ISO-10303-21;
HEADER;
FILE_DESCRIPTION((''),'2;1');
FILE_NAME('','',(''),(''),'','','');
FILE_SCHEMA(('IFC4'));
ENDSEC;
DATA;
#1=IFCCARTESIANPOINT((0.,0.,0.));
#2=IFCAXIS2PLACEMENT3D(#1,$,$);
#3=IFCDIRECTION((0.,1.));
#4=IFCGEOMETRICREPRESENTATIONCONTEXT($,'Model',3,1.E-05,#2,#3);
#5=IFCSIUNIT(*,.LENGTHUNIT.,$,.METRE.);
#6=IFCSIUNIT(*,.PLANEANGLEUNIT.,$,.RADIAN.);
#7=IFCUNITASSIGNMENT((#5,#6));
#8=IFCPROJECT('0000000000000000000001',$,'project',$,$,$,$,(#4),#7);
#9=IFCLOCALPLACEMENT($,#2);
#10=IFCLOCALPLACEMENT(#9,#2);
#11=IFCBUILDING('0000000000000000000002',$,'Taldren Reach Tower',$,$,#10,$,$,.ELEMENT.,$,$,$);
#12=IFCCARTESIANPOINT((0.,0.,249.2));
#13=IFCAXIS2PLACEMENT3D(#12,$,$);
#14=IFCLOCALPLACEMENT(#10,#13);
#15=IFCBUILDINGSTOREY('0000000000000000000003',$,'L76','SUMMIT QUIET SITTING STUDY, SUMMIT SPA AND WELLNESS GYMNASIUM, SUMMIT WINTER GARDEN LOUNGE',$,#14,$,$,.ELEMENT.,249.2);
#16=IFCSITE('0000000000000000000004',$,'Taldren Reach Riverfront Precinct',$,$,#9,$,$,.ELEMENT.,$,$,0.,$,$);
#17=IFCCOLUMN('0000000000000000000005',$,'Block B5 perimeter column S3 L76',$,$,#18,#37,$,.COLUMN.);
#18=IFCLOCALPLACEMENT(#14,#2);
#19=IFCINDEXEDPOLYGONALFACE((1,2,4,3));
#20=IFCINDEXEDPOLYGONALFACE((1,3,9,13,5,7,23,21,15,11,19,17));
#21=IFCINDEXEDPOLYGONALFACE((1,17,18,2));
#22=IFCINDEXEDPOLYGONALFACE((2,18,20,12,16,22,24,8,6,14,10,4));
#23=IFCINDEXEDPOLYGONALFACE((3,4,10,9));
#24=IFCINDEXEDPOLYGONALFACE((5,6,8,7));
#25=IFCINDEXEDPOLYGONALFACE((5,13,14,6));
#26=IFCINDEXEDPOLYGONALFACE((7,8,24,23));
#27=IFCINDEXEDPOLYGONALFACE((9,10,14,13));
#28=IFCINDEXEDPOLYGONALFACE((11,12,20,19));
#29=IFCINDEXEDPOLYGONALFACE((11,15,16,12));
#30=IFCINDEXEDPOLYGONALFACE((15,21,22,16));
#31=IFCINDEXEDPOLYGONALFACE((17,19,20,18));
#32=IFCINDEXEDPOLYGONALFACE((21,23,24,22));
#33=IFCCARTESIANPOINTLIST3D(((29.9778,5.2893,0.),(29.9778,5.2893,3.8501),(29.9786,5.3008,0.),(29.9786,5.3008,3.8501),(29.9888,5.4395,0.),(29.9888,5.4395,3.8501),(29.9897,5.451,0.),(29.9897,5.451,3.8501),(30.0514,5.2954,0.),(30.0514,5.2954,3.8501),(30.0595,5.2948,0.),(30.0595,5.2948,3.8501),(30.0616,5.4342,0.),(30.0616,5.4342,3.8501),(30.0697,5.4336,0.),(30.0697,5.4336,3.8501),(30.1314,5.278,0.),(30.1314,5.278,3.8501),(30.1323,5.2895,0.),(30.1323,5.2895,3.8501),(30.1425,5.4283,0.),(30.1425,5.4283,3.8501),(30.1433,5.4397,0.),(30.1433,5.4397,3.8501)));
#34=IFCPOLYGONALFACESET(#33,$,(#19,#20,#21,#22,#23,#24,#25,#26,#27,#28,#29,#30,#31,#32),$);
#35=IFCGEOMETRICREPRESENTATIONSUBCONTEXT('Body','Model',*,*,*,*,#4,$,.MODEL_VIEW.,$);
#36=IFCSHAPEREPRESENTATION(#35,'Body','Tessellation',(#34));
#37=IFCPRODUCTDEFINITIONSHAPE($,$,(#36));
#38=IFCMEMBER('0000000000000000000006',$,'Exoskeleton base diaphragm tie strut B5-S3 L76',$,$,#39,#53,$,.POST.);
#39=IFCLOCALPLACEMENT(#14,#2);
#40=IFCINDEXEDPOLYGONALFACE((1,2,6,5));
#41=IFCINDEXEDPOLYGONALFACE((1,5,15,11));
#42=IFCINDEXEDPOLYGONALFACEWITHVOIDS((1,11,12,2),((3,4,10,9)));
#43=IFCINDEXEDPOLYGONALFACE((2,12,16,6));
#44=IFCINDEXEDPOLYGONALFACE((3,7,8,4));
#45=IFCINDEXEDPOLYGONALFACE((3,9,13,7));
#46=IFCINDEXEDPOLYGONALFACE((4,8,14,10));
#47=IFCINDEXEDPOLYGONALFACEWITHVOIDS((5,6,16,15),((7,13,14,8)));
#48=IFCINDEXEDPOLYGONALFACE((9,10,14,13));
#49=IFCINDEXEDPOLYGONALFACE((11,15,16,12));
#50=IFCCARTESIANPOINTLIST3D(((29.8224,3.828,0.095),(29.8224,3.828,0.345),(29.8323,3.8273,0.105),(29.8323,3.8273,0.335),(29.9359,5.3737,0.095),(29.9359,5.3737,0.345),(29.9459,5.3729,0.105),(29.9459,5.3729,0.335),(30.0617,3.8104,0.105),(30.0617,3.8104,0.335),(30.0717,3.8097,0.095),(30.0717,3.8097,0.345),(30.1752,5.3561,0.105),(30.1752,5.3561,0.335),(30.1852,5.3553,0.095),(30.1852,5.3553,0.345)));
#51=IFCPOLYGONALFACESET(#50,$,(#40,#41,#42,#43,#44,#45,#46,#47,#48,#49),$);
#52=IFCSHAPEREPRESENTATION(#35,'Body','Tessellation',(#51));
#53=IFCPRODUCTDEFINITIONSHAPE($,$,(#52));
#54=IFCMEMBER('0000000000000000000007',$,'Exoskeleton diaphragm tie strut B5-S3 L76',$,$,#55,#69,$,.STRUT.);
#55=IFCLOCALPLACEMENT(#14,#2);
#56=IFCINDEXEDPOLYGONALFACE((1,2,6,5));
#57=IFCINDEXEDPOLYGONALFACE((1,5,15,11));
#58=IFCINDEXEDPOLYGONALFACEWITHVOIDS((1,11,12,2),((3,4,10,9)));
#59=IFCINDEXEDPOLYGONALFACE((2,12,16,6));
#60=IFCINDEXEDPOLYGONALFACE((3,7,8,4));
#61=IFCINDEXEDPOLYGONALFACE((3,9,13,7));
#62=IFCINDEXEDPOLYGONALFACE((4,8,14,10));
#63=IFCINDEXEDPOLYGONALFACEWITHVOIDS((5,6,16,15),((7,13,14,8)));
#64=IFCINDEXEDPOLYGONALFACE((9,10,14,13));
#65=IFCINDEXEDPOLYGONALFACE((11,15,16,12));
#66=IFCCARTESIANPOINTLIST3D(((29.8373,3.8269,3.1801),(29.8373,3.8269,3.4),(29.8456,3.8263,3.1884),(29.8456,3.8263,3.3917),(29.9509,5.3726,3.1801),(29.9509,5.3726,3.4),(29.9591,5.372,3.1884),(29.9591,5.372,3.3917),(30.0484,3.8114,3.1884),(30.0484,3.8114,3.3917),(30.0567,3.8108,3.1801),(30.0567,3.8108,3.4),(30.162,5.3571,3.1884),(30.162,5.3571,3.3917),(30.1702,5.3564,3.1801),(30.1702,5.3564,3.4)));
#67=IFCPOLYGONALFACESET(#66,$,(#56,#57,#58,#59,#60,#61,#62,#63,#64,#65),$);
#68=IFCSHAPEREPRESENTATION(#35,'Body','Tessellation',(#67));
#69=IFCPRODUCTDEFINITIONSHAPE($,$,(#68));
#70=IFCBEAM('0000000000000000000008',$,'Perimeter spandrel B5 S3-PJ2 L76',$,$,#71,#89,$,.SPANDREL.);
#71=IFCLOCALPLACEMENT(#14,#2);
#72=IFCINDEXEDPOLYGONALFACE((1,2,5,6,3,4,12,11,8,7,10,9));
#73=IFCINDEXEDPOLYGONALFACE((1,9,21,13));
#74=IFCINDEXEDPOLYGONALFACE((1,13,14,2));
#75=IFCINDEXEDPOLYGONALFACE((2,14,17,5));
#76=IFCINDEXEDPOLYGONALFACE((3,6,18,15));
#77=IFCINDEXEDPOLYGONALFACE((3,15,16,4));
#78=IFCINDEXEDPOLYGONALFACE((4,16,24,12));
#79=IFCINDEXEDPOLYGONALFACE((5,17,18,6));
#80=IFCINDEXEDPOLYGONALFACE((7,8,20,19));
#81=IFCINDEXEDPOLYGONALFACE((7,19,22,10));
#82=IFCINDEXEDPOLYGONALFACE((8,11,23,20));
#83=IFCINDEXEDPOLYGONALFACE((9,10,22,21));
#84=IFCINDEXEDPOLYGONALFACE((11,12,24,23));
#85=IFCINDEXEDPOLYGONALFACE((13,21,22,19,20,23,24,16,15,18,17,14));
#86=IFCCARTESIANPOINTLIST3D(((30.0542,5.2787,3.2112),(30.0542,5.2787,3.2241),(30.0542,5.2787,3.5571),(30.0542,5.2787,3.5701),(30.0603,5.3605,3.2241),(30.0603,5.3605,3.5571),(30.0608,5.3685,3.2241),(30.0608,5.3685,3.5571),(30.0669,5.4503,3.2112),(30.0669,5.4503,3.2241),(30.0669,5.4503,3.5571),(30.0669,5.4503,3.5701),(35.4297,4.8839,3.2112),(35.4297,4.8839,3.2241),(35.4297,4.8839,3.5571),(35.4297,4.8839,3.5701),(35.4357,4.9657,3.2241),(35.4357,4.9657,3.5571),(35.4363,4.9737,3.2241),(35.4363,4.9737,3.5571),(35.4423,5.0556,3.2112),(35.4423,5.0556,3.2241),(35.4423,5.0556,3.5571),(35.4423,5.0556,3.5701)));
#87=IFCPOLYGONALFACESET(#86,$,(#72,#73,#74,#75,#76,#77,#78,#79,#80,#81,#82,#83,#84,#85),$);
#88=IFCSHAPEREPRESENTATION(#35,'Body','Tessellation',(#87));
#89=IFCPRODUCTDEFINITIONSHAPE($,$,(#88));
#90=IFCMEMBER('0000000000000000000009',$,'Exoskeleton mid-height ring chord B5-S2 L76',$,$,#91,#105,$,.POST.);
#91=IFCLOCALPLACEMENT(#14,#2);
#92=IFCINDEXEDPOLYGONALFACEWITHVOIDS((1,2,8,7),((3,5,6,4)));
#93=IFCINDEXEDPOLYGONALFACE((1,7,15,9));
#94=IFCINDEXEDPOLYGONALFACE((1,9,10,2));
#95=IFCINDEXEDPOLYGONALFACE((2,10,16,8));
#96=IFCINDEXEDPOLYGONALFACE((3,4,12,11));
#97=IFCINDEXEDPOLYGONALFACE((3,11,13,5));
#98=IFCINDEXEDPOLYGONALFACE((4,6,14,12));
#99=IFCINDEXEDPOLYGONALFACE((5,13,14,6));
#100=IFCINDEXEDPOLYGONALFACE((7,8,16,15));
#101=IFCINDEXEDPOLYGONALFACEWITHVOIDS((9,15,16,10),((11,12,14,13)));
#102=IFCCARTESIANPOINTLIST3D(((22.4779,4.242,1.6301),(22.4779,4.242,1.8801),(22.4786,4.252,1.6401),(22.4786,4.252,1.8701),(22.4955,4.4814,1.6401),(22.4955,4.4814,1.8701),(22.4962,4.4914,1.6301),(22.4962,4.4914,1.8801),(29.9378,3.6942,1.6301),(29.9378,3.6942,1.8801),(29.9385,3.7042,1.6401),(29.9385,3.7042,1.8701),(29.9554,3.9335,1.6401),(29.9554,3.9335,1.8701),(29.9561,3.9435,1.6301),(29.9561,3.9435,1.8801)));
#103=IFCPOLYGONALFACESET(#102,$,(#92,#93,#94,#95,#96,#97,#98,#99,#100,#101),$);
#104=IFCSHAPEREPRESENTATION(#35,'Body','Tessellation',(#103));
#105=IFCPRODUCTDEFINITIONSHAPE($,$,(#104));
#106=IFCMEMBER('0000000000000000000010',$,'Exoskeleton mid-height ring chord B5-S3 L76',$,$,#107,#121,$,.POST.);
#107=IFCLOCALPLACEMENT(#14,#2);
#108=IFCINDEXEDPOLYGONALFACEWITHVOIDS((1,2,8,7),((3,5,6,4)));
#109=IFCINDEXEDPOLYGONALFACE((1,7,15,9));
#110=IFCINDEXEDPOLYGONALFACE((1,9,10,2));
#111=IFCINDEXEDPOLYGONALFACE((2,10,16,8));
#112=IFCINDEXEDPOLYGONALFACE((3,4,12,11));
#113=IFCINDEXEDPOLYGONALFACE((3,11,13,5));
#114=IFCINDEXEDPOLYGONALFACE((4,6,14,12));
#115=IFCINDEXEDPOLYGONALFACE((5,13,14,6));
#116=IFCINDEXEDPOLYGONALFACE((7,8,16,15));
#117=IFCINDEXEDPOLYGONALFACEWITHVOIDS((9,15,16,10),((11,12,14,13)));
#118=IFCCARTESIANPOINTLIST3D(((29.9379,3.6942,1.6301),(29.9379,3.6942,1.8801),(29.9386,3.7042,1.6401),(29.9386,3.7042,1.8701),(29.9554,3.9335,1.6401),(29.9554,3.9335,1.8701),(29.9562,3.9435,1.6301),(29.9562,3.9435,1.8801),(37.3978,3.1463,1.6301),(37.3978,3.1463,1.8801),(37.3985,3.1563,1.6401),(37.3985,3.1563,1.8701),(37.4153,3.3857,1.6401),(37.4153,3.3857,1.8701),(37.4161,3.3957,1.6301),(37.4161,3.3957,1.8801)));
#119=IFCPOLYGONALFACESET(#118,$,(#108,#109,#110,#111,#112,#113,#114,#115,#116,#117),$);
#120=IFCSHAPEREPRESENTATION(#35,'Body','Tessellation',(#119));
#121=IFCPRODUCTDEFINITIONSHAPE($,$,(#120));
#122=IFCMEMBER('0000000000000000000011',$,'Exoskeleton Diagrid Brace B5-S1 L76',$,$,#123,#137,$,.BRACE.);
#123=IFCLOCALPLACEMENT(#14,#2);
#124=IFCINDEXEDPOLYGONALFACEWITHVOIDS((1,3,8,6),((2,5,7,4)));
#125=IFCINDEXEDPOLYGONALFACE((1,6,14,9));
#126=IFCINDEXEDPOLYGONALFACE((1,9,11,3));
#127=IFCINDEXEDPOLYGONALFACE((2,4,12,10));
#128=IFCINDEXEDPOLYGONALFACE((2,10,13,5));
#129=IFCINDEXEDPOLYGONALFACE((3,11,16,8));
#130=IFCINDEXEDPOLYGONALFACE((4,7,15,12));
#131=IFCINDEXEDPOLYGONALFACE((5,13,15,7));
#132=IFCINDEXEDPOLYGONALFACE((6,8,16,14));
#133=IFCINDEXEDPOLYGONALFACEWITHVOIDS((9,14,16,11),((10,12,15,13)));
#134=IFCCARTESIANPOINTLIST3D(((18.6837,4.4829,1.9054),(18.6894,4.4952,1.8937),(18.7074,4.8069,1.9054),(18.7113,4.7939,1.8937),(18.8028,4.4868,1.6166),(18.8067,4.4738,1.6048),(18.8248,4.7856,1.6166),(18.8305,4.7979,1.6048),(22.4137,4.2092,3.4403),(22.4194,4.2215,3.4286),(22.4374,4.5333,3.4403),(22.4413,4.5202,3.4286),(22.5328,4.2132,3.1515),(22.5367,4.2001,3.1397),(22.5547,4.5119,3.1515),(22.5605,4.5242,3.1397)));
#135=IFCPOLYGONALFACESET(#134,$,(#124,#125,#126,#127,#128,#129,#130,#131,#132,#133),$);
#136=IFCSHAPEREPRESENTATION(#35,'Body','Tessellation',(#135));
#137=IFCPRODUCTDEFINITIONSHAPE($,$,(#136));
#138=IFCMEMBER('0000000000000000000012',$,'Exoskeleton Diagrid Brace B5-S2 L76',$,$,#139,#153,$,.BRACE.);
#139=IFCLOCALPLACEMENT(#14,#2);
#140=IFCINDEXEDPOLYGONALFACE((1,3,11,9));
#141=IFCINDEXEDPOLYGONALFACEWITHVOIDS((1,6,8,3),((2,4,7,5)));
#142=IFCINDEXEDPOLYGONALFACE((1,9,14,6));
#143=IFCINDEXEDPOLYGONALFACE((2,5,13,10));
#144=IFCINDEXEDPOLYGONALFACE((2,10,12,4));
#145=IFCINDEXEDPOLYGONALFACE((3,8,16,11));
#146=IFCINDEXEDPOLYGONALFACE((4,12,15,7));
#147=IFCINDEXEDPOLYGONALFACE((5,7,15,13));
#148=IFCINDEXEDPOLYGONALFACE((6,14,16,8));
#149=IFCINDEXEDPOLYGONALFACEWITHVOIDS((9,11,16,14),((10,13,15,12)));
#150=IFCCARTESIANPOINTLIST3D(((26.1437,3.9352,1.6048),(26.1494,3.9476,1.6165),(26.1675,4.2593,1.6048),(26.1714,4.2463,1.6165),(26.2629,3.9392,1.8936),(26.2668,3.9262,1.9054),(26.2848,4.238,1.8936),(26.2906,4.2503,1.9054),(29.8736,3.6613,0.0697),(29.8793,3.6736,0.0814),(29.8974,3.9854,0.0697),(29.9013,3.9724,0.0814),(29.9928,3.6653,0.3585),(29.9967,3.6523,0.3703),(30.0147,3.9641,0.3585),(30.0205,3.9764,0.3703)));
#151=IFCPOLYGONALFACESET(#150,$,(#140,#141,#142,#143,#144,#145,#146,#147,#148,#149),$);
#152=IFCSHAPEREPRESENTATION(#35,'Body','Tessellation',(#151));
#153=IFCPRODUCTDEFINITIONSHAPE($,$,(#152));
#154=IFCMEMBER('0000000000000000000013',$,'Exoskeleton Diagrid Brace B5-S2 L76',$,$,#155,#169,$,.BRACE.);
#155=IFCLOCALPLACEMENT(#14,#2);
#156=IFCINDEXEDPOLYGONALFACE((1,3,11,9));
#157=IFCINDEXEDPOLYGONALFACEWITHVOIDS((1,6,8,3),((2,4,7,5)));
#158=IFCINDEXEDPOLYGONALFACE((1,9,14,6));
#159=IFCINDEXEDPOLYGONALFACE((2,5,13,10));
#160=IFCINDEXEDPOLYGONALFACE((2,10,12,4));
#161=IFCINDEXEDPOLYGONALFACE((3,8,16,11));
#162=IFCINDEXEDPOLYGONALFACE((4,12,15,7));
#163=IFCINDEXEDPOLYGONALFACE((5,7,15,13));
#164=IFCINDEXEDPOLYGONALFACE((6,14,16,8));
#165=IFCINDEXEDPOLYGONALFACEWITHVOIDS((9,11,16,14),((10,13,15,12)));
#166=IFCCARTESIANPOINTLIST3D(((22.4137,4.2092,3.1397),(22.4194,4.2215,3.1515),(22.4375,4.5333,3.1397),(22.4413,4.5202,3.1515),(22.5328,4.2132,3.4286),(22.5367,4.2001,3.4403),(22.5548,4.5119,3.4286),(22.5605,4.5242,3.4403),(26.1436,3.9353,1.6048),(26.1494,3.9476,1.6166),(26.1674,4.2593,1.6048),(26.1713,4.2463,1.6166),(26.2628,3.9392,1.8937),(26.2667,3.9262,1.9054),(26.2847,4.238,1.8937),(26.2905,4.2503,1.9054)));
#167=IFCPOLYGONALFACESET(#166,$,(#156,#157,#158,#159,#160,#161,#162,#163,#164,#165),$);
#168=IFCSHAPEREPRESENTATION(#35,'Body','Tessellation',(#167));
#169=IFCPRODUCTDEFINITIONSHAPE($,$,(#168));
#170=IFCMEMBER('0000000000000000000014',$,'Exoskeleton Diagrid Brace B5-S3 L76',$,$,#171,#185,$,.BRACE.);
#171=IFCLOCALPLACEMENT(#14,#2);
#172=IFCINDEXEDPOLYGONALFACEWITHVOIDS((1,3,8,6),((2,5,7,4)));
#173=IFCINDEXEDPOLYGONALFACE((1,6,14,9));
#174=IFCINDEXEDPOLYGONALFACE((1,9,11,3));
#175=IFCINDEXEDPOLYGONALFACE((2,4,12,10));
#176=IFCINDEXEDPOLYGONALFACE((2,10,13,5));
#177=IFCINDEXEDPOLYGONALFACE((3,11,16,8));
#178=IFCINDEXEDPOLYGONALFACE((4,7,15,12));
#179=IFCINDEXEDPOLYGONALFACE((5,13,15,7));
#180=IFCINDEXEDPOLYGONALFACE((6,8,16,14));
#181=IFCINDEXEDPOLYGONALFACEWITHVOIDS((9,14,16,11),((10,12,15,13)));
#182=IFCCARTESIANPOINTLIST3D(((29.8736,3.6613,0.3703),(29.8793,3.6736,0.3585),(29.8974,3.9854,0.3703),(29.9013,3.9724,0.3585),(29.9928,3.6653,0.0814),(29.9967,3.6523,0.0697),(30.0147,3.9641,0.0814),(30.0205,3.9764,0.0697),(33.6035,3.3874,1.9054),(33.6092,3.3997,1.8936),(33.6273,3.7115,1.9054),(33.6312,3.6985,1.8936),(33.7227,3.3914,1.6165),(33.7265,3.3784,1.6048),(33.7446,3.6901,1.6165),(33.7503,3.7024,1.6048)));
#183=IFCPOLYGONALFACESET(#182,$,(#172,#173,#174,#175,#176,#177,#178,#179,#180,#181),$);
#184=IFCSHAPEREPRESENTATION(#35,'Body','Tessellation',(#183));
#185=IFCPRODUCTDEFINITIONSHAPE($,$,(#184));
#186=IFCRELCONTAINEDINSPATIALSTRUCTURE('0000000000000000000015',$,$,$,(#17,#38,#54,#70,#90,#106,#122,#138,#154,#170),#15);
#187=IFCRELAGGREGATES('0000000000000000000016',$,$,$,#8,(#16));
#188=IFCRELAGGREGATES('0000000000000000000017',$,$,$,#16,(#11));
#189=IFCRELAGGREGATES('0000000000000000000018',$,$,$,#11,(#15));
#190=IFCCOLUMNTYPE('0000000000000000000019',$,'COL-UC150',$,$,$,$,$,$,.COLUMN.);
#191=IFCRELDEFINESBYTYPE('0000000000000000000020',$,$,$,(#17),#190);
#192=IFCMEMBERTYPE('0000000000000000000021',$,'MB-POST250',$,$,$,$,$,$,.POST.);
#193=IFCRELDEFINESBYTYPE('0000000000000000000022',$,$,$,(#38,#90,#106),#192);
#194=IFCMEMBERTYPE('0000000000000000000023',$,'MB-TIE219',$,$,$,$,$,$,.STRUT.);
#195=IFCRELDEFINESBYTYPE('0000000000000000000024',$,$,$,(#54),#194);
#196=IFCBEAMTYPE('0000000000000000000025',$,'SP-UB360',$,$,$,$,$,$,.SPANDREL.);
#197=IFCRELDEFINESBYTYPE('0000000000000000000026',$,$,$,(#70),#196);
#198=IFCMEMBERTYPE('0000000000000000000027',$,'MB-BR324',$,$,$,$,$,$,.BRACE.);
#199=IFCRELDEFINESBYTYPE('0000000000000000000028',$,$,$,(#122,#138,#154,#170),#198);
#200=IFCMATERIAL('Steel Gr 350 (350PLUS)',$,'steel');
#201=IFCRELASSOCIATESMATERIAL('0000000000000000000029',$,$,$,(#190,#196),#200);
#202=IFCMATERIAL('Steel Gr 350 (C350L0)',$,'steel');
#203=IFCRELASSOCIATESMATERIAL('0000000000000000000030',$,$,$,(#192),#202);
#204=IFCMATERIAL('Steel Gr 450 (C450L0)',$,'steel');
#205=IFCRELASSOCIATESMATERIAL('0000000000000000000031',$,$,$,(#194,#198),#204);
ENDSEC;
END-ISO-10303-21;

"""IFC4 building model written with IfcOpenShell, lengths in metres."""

from ifc_helpers import new_model, si_unit, direction, frame, origin, origin_2d, place, context, subcontext, project, spatial, hollow_rectangle, i_section, extrude, source, transform, mapped, material, material_profile, profile_set, type_object, element, save


model = new_model("IFC4")

# Units and contexts
model_context = context("Model", 3, precision=1e-05, world=origin(), true_north=direction((0.0, 1.0)))
body_context = subcontext(model_context, "Body", "Model", "MODEL_VIEW")
ifc_project = project(units=[si_unit("LENGTHUNIT", "METRE"), si_unit("PLANEANGLEUNIT", "RADIAN")], contexts=[model_context])

# Site, building, storey
site_placement = place(None, origin())
site = spatial("IfcSite", under=ifc_project, at=site_placement, Name="Taldren Reach Riverfront Precinct", CompositionType="ELEMENT", RefElevation=0.0)
building_placement = place(site_placement, origin())
building = spatial("IfcBuilding", under=site, at=building_placement, Name="Taldren Reach Tower", CompositionType="ELEMENT")
storey_placement = place(building_placement, frame((0.0, 0.0, 249.2)))
storey = spatial("IfcBuildingStorey", under=building, at=storey_placement, Name="L76", Description="SUMMIT QUIET SITTING STUDY, SUMMIT SPA AND WELLNESS GYMNASIUM, SUMMIT WINTER GARDEN LOUNGE", CompositionType="ELEMENT", Elevation=249.2)

# Column
ifc_material_1 = material(Name="Steel Gr 350 (350PLUS)", Category="steel")
ifc_material_profile_1 = material_profile(ifc_material_1, i_section(OverallWidth=0.1541, OverallDepth=0.1621, WebThickness=0.0081, FlangeThickness=0.0115, at=origin_2d()), Name="150UC37.2")
ifc_profile_set_1 = profile_set([ifc_material_profile_1], Name="Steel Gr 350 (350PLUS)")
column_type = type_object("IfcColumnType", Name="COL-UC150", PredefinedType="COLUMN", material=ifc_profile_set_1)
shared_shape_1 = source(origin(), body_context, "Body", "SweptSolid", [
    extrude(i_section(OverallWidth=0.1541, OverallDepth=0.1621, WebThickness=0.0081, FlangeThickness=0.0115, at=origin_2d()), origin(), (0.0, 0.0, 1.0), 3.8501),
])
column_placement = place(storey_placement, frame((30.0605, 5.3645, 0.0), z_axis=(0.0, 0.0, 1.0), x_axis=(0.997314, -0.073238, 0.0)))
element("IfcColumn", 1, at=column_placement, inside=storey, type_object=column_type, Name="Block B5 perimeter column S3 L76", PredefinedType="COLUMN", context=body_context, shape_type="MappedRepresentation", body=[
    mapped(shared_shape_1, transform((0.0, 0.0, 0.0), scale=1.0)),
])

# Members
ifc_material_2 = material(Name="Steel Gr 350 (C350L0)", Category="steel")
ifc_material_profile_2 = material_profile(ifc_material_2, hollow_rectangle(XDim=0.25, YDim=0.25, WallThickness=0.01, at=origin_2d()), Name="250x250x10.0SHS")
ifc_profile_set_2 = profile_set([ifc_material_profile_2], Name="Steel Gr 350 (C350L0)")
member_type_1 = type_object("IfcMemberType", Name="MB-POST250", PredefinedType="POST", material=ifc_profile_set_2)
shared_shape_2 = source(origin(), body_context, "Body", "SweptSolid", [
    extrude(hollow_rectangle(XDim=0.25, YDim=0.25, WallThickness=0.01, at=origin_2d()), origin(), (0.0, 0.0, 1.0), 1.5498),
])
member_1_placement = place(storey_placement, frame((30.0605, 5.3645, 0.22), z_axis=(-0.073251, -0.997314, 0.0), x_axis=(0.997314, -0.073251, 0.0)))
element("IfcMember", 2, at=member_1_placement, inside=storey, type_object=member_type_1, Name="Exoskeleton base diaphragm tie strut B5-S3 L76", PredefinedType="POST", context=body_context, shape_type="MappedRepresentation", body=[
    mapped(shared_shape_2, transform((0.0, 0.0, 0.0), scale=1.0)),
])
ifc_material_3 = material(Name="Steel Gr 450 (C450L0)", Category="steel")
ifc_material_profile_3 = material_profile(ifc_material_3, hollow_rectangle(XDim=0.22, YDim=0.22, WallThickness=0.0083, at=origin_2d()), Name="220x220x8.2SHS")
ifc_profile_set_3 = profile_set([ifc_material_profile_3], Name="Steel Gr 450 (C450L0)")
member_type_2 = type_object("IfcMemberType", Name="MB-TIE219", PredefinedType="STRUT", material=ifc_profile_set_3)
shared_shape_3 = source(origin(), body_context, "Body", "SweptSolid", [
    extrude(hollow_rectangle(XDim=0.22, YDim=0.22, WallThickness=0.0083, at=origin_2d()), origin(), (0.0, 0.0, 1.0), 1.5498),
])
member_2_placement = place(storey_placement, frame((30.0605, 5.3645, 3.29), z_axis=(-0.073251, -0.997314, 0.0), x_axis=(0.997314, -0.073251, 0.0)))
element("IfcMember", 3, at=member_2_placement, inside=storey, type_object=member_type_2, Name="Exoskeleton diaphragm tie strut B5-S3 L76", PredefinedType="STRUT", context=body_context, shape_type="MappedRepresentation", body=[
    mapped(shared_shape_3, transform((0.0, 0.0, 0.0), scale=1.0)),
])

# Beam
ifc_material_profile_4 = material_profile(ifc_material_1, i_section(OverallWidth=0.1721, OverallDepth=0.3589, WebThickness=0.0081, FlangeThickness=0.0129, at=origin_2d()), Name="360UB56.7")
ifc_profile_set_4 = profile_set([ifc_material_profile_4], Name="Steel Gr 350 (350PLUS)")
beam_type = type_object("IfcBeamType", Name="SP-UB360", PredefinedType="SPANDREL", material=ifc_profile_set_4)
shared_shape_4 = source(origin(), body_context, "Body", "SweptSolid", [
    extrude(i_section(OverallWidth=0.1721, OverallDepth=0.3589, WebThickness=0.0081, FlangeThickness=0.0129, at=origin_2d()), origin(), (0.0, 0.0, 1.0), 5.3899),
])
beam_placement = place(storey_placement, frame((30.0605, 5.3645, 3.3906), z_axis=(0.997314, -0.073243, 0.0), x_axis=(0.073243, 0.997314, 0.0)))
element("IfcBeam", 4, at=beam_placement, inside=storey, type_object=beam_type, Name="Perimeter spandrel B5 S3-PJ2 L76", PredefinedType="SPANDREL", context=body_context, shape_type="MappedRepresentation", body=[
    mapped(shared_shape_4, transform((0.0, 0.0, 0.0), scale=1.0)),
])

# Members
shared_shape_5 = source(origin(), body_context, "Body", "SweptSolid", [
    extrude(hollow_rectangle(XDim=0.25, YDim=0.25, WallThickness=0.01, at=origin_2d()), origin(), (0.0, 0.0, 1.0), 7.48),
])
for number, where, z_axis, x_axis, name in (
    (5, (22.4871, 4.3667, 1.7551), (0.997314, -0.073242, 0.0), (0.073242, 0.997314, 0.0), "Exoskeleton mid-height ring chord B5-S2 L76"),
    (6, (29.947, 3.8188, 1.7551), (0.997314, -0.073242, 0.0), (0.073242, 0.997314, 0.0), "Exoskeleton mid-height ring chord B5-S3 L76"),
):
    element("IfcMember", number, at=place(storey_placement, frame(where, z_axis=z_axis, x_axis=x_axis)), inside=storey, type_object=member_type_1, Name=name, PredefinedType="POST", context=body_context, shape_type="MappedRepresentation", body=[
        mapped(shared_shape_5, transform((0.0, 0.0, 0.0), scale=1.0)),
    ])
ifc_material_profile_5 = material_profile(ifc_material_3, hollow_rectangle(XDim=0.325, YDim=0.325, WallThickness=0.0127, at=origin_2d()), Name="325x325x12.7SHS")
ifc_profile_set_5 = profile_set([ifc_material_profile_5], Name="Steel Gr 450 (C450L0)")
member_type_3 = type_object("IfcMemberType", Name="MB-BR324", PredefinedType="BRACE", material=ifc_profile_set_5)
shared_shape_6 = source(origin(), body_context, "Body", "SweptSolid", [
    extrude(hollow_rectangle(XDim=0.325, YDim=0.325, WallThickness=0.0127, at=origin_2d()), origin(), (0.0, 0.0, 1.0), 4.0427),
])
for number, where, z_axis, x_axis, name in (
    (7, (18.7571, 4.6404, 1.7551), (0.922641, -0.067697, 0.379673), (0.073177, 0.997319, 0.0), "Exoskeleton Diagrid Brace B5-S1 L76"),
    (8, (29.947, 3.8188, 0.22), (-0.922616, 0.067756, 0.379723), (-0.073242, -0.997314, 0.0), "Exoskeleton Diagrid Brace B5-S2 L76"),
    (9, (26.217, 4.0928, 1.7551), (-0.922637, 0.067757, 0.379671), (-0.073242, -0.997314, 0.0), "Exoskeleton Diagrid Brace B5-S2 L76"),
    (10, (29.947, 3.8188, 0.22), (0.922616, -0.067756, 0.379723), (0.073242, 0.997314, 0.0), "Exoskeleton Diagrid Brace B5-S3 L76"),
):
    element("IfcMember", number, at=place(storey_placement, frame(where, z_axis=z_axis, x_axis=x_axis)), inside=storey, type_object=member_type_3, Name=name, PredefinedType="BRACE", context=body_context, shape_type="MappedRepresentation", body=[
        mapped(shared_shape_6, transform((0.0, 0.0, 0.0), scale=1.0)),
    ])

save(model, "model.ifc")
